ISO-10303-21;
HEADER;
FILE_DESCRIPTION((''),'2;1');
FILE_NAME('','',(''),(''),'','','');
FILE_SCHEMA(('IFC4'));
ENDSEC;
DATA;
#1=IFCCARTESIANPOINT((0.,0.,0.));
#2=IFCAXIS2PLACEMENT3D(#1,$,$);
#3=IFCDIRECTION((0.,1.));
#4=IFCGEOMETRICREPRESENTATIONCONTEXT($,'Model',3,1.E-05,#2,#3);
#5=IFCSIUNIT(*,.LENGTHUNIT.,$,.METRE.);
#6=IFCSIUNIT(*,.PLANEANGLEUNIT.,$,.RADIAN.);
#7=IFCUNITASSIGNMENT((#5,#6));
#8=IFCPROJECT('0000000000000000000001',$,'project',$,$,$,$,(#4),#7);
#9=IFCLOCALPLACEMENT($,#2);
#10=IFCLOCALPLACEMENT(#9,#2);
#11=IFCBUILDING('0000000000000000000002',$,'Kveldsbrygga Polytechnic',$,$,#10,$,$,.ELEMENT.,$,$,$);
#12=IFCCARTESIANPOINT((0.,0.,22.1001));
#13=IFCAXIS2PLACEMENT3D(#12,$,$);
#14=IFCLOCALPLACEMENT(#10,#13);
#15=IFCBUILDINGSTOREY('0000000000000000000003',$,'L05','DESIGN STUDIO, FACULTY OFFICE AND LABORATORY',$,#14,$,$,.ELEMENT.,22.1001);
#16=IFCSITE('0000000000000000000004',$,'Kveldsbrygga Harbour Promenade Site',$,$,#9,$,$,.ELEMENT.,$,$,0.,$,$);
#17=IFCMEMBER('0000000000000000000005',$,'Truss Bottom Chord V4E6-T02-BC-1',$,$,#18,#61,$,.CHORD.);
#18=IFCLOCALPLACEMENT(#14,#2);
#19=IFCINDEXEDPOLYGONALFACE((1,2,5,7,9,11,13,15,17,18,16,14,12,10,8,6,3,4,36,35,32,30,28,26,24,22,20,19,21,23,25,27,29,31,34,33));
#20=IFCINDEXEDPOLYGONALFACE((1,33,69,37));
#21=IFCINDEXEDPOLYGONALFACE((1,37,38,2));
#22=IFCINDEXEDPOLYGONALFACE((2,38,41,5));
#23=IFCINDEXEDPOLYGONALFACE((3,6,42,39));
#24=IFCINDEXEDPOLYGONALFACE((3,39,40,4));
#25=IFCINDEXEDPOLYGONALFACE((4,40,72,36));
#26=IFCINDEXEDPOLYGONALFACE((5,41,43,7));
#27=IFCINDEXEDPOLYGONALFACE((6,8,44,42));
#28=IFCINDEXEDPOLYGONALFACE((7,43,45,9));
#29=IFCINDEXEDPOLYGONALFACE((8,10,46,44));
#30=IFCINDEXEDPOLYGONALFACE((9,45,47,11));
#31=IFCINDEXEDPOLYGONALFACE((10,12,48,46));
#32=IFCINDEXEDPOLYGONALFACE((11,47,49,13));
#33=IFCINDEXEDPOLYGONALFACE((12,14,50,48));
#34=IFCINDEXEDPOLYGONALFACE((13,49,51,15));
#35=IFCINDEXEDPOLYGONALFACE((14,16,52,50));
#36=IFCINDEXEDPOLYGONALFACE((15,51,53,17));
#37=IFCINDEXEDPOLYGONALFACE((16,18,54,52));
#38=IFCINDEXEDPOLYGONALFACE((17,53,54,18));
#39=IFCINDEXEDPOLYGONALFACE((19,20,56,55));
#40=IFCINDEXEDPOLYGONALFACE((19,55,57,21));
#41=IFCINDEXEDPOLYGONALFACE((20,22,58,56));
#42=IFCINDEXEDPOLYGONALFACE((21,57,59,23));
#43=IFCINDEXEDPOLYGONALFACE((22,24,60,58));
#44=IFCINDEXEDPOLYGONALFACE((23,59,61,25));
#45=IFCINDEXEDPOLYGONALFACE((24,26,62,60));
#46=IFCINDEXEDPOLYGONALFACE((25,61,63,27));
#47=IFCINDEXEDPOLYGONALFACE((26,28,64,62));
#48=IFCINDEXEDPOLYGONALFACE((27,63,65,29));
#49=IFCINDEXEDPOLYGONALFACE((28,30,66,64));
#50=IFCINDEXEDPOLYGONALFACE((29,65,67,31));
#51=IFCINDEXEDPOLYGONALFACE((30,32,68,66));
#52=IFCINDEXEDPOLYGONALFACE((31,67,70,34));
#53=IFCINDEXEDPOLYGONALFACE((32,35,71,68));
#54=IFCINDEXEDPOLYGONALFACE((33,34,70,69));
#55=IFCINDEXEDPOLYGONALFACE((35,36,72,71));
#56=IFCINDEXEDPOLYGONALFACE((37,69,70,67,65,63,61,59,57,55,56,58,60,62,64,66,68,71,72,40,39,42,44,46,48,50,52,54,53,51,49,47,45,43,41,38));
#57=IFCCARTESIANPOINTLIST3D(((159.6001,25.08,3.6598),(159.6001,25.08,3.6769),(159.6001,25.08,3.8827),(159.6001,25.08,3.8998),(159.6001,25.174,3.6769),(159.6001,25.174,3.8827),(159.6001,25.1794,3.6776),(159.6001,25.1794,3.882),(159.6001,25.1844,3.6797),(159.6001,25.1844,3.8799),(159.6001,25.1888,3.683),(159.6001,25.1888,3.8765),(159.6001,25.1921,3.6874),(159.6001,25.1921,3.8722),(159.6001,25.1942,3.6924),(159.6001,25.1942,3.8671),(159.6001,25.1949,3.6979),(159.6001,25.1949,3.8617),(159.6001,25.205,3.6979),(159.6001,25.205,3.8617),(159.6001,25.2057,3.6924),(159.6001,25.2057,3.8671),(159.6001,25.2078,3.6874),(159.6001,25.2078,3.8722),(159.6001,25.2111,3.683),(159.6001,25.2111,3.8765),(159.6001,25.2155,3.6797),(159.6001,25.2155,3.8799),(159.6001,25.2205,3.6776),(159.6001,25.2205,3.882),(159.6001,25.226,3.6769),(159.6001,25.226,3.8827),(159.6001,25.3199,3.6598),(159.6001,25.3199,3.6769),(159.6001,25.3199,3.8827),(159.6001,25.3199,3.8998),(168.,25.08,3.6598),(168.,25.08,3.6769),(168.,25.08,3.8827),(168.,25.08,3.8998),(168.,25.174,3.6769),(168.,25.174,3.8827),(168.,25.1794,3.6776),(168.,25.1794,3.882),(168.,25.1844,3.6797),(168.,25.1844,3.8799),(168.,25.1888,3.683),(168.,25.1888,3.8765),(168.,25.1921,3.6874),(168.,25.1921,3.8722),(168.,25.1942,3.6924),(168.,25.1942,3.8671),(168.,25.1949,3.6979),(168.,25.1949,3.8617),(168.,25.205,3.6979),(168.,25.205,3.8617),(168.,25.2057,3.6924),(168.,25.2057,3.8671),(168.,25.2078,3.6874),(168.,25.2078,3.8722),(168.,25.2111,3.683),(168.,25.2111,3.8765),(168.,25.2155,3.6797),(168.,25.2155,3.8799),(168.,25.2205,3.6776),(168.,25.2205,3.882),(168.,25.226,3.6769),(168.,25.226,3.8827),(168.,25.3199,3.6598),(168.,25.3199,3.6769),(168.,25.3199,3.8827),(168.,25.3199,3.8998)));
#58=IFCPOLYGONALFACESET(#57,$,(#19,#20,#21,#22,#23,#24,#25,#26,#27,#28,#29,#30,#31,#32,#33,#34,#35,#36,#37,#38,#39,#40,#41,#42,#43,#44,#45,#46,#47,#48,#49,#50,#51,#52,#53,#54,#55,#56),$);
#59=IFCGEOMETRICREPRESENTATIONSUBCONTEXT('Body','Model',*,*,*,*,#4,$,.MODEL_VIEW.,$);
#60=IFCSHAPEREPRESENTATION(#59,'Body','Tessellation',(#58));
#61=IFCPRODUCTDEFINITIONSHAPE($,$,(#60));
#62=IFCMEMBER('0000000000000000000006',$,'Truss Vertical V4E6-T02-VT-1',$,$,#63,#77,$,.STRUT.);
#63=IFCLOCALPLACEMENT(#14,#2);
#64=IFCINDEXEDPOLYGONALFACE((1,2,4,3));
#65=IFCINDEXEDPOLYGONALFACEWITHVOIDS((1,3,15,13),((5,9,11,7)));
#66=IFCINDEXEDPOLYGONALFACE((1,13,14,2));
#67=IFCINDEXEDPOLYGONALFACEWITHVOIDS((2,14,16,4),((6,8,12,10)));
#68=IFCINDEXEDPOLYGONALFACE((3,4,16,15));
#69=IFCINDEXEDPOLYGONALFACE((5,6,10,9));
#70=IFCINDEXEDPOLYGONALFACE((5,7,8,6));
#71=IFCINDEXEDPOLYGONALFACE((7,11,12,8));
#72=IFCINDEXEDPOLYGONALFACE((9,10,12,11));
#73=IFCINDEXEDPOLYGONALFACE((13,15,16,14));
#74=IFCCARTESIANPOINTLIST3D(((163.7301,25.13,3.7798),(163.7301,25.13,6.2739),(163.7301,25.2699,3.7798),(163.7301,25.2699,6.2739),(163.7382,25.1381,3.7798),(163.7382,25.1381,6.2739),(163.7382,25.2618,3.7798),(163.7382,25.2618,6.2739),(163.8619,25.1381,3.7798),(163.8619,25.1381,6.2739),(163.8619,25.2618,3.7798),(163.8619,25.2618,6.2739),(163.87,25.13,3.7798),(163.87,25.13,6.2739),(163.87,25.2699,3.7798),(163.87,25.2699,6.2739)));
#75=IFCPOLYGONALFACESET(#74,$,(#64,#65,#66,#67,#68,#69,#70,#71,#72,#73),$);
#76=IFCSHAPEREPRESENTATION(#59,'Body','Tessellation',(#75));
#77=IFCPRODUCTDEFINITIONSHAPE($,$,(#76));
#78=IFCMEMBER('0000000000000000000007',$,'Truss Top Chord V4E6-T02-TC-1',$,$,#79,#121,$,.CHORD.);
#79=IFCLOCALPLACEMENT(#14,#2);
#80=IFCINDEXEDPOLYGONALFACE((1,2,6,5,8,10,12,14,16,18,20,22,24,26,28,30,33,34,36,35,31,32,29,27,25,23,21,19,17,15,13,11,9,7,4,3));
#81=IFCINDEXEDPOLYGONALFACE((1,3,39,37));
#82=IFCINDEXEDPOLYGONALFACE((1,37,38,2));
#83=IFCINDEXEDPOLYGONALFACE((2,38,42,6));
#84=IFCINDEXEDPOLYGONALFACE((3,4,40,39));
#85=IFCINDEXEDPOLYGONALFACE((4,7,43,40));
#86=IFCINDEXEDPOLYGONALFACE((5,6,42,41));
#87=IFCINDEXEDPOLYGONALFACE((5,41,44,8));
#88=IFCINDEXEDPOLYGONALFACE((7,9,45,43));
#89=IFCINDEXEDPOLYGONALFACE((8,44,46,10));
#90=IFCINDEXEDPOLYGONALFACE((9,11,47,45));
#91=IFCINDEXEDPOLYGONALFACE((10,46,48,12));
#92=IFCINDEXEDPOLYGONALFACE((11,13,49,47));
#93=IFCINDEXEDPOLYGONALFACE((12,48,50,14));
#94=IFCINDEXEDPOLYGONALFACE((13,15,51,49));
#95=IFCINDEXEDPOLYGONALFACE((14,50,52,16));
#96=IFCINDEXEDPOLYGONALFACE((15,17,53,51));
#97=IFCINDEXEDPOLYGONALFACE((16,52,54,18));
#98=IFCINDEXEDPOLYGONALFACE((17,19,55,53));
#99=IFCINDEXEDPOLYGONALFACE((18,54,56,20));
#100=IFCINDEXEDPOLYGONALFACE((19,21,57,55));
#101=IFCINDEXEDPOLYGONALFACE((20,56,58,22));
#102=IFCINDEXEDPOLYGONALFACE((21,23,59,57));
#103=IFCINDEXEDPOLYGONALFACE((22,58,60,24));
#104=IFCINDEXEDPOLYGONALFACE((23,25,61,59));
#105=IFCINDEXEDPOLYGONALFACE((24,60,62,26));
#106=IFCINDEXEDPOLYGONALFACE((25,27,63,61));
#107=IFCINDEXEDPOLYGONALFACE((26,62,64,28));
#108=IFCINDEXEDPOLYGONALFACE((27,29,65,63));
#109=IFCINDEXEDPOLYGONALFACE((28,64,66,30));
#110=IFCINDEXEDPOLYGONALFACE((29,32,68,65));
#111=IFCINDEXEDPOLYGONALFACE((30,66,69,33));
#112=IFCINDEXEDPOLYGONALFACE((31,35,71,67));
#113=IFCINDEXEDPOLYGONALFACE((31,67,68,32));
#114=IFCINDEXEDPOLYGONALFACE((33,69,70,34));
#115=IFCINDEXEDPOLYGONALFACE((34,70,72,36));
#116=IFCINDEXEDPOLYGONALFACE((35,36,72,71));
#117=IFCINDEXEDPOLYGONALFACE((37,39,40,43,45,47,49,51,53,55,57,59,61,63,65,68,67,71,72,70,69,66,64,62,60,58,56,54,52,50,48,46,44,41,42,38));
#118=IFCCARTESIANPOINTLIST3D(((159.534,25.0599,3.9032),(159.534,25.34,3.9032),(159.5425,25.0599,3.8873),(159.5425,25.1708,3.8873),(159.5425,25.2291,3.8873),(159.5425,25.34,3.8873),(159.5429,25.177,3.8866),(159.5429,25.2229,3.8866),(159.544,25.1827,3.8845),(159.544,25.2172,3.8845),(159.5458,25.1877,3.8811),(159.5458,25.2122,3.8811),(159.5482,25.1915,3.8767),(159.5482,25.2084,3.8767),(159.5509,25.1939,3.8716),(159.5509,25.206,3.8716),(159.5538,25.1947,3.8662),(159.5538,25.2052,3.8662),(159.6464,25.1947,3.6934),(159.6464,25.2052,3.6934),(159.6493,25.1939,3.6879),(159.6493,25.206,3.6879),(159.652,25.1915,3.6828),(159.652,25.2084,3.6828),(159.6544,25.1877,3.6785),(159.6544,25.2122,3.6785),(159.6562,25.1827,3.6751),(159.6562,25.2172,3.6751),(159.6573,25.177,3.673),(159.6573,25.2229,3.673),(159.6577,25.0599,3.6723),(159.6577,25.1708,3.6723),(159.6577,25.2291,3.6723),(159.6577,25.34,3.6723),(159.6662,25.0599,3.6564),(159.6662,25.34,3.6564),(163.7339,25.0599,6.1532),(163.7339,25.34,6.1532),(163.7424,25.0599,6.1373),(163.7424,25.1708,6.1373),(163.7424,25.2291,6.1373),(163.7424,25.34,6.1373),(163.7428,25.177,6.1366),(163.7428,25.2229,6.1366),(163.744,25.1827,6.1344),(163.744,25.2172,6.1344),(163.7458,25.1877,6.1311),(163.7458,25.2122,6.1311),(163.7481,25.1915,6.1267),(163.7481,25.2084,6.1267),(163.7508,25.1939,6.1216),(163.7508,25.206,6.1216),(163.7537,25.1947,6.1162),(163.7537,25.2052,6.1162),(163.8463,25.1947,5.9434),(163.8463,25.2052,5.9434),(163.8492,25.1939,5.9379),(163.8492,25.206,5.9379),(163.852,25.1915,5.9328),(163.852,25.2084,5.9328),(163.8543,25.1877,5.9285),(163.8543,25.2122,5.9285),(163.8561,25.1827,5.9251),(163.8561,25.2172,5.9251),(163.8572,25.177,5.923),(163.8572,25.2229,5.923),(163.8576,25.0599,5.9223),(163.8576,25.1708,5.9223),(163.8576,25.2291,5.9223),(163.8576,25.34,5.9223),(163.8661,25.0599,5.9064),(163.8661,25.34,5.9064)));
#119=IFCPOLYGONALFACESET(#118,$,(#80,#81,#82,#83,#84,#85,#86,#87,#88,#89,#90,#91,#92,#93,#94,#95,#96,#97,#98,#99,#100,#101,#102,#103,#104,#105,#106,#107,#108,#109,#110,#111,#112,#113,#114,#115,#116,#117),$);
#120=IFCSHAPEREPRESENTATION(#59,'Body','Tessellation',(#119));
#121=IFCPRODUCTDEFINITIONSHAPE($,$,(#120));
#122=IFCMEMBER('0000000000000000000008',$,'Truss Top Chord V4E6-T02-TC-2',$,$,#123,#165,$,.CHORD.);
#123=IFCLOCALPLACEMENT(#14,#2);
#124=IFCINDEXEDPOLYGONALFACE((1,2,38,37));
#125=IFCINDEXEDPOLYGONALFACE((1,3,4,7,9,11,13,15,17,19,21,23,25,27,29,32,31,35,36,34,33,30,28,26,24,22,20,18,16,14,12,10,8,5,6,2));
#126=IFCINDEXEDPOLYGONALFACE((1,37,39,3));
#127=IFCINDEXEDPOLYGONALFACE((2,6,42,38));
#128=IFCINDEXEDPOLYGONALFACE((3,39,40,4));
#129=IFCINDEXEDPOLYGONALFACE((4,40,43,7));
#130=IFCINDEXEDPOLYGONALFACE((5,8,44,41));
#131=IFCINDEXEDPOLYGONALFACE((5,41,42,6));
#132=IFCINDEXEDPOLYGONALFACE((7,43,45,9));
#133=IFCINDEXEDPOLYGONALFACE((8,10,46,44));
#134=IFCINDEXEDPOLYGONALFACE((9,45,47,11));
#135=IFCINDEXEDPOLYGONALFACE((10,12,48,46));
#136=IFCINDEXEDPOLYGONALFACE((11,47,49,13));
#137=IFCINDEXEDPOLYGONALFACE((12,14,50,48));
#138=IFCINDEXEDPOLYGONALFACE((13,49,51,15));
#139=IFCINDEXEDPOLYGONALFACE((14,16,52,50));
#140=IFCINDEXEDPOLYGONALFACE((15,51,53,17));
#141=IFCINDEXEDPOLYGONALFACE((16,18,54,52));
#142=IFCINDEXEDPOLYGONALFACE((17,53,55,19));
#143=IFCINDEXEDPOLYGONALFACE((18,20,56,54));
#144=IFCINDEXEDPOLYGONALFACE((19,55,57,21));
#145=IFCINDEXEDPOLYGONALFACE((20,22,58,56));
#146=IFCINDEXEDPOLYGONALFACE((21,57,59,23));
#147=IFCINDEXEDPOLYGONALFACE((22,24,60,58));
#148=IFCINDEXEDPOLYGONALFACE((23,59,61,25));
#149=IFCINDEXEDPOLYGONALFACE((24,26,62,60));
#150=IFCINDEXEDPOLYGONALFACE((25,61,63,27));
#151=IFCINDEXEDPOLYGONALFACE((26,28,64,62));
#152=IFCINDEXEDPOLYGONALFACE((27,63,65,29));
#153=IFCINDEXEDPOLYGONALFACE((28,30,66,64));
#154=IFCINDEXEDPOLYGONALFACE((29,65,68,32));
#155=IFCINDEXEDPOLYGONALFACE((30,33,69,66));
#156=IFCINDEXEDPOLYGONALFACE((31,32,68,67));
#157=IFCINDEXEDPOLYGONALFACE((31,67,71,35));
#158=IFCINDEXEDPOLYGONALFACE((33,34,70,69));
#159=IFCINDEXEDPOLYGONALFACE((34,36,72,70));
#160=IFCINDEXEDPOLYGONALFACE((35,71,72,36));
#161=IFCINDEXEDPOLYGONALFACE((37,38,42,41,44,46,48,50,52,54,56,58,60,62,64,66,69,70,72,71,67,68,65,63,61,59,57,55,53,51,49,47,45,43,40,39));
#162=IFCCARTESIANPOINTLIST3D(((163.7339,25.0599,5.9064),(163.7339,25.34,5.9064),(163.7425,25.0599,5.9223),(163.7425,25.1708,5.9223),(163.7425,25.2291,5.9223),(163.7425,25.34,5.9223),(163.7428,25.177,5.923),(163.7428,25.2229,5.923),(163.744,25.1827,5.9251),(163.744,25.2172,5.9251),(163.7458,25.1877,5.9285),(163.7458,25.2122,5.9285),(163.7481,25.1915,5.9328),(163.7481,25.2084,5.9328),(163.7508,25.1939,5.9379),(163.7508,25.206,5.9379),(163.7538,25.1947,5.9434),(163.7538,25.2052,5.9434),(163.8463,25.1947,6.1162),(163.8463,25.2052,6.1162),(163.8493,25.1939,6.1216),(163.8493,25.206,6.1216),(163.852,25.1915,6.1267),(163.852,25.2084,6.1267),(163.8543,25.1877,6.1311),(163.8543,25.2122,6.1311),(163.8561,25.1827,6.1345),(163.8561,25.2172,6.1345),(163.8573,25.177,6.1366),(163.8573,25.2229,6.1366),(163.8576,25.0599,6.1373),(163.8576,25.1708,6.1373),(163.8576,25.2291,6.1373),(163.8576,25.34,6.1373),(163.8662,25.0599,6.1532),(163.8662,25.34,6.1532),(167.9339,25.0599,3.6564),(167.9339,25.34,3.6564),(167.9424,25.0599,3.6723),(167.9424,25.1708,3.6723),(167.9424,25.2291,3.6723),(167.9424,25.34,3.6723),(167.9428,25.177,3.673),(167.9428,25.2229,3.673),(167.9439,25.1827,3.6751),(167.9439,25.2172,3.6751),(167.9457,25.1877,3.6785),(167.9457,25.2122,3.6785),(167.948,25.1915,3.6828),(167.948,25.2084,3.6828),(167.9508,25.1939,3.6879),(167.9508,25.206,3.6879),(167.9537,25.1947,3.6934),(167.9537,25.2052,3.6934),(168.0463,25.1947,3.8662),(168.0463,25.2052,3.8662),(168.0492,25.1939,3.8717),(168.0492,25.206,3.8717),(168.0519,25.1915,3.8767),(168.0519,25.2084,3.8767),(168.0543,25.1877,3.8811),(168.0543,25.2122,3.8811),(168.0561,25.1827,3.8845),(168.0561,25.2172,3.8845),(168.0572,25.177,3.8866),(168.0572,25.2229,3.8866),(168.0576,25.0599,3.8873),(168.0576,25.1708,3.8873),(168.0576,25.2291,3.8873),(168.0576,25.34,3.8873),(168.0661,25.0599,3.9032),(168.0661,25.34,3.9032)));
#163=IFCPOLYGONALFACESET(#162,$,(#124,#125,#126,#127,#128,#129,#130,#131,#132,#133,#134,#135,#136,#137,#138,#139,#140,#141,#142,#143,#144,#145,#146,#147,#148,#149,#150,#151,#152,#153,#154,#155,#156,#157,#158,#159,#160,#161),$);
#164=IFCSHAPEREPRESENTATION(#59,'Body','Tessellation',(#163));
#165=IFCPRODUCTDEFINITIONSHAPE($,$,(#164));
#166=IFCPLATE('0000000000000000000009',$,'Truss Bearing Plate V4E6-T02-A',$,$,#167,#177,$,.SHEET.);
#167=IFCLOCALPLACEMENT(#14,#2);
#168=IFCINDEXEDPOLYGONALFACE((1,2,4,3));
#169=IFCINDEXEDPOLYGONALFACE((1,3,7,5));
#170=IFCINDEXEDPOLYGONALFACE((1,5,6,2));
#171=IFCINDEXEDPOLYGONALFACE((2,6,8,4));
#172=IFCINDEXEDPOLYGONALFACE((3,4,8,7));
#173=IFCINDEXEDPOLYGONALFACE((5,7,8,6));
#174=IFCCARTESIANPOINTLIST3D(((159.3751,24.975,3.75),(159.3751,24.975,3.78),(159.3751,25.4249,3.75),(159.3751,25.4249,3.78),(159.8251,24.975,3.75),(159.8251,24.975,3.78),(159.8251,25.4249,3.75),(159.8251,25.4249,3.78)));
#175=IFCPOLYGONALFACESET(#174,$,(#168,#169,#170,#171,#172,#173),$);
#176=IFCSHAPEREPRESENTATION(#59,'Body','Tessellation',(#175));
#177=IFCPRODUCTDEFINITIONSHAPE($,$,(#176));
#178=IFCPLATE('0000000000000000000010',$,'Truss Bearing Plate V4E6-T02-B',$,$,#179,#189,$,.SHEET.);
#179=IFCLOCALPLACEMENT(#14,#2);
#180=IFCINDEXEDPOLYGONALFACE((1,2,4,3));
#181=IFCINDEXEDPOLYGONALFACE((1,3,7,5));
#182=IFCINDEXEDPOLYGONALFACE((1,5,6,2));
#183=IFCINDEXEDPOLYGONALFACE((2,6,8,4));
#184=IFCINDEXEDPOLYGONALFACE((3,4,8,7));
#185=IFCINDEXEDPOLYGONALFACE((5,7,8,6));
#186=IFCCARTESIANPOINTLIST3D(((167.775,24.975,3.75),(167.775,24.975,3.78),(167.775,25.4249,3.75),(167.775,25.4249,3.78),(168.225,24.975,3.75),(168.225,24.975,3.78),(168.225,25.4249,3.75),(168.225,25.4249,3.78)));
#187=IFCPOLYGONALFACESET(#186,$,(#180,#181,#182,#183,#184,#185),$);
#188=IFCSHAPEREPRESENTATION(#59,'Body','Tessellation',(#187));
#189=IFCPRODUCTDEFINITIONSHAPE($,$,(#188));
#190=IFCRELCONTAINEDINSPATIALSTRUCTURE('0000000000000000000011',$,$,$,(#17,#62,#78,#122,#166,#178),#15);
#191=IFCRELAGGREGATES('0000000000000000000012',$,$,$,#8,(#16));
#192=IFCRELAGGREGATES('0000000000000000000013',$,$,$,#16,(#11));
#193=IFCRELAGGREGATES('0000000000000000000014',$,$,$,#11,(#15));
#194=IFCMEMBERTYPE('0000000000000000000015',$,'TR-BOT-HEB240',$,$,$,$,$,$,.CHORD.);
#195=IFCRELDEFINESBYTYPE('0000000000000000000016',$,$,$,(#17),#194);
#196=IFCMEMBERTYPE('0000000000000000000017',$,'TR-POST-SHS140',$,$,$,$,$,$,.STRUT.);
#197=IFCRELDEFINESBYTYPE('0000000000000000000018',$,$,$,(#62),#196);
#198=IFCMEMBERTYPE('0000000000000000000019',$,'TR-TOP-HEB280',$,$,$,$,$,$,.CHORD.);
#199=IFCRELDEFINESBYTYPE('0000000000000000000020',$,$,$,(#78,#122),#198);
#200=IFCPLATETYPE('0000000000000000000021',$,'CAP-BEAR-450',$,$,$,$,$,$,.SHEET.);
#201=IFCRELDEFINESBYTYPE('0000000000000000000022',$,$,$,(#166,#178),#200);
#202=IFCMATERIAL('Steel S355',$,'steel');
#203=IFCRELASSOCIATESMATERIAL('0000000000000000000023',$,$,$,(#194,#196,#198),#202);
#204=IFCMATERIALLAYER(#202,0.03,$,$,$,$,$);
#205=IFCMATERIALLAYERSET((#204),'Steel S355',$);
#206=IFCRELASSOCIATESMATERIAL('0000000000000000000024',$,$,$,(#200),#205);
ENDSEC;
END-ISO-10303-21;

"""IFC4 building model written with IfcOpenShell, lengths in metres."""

from ifc_helpers import new_model, si_unit, direction, frame, origin, origin_2d, place, context, subcontext, project, spatial, rectangle, hollow_rectangle, i_section, extrude, material, layer, layer_set, material_profile, profile_set, type_object, element, save


model = new_model("IFC4")

# Units and contexts
model_context = context("Model", 3, precision=1e-05, world=origin(), true_north=direction((0.0, 1.0)))
body_context = subcontext(model_context, "Body", "Model", "MODEL_VIEW")
ifc_project = project(units=[si_unit("LENGTHUNIT", "METRE"), si_unit("PLANEANGLEUNIT", "RADIAN")], contexts=[model_context])

# Site, building, storey
site_placement = place(None, origin())
site = spatial("IfcSite", under=ifc_project, at=site_placement, Name="Kveldsbrygga Harbour Promenade Site", CompositionType="ELEMENT", RefElevation=0.0)
building_placement = place(site_placement, origin())
building = spatial("IfcBuilding", under=site, at=building_placement, Name="Kveldsbrygga Polytechnic", CompositionType="ELEMENT")
storey_placement = place(building_placement, frame((0.0, 0.0, 22.1001)))
storey = spatial("IfcBuildingStorey", under=building, at=storey_placement, Name="L05", Description="DESIGN STUDIO, FACULTY OFFICE AND LABORATORY", CompositionType="ELEMENT", Elevation=22.1001)

# Members
ifc_material_1 = material(Name="Steel S355", Category="steel")
ifc_material_profile_1 = material_profile(ifc_material_1, i_section(OverallWidth=0.24, OverallDepth=0.24, WebThickness=0.01, FlangeThickness=0.0171, FilletRadius=0.021, at=origin_2d()), Name="HEB 240")
ifc_profile_set_1 = profile_set([ifc_material_profile_1], Name="Steel S355")
member_type_1 = type_object("IfcMemberType", Name="TR-BOT-HEB240", PredefinedType="CHORD", material=ifc_profile_set_1)
member_1_placement = place(storey_placement, frame((159.6001, 25.2, 3.7798), z_axis=(1.0, 0.0, 0.0), x_axis=(0.0, 1.0, 0.0)))
element("IfcMember", 1, at=member_1_placement, inside=storey, type_object=member_type_1, Name="Truss Bottom Chord V4E6-T02-BC-1", PredefinedType="CHORD", context=body_context, shape_type="SweptSolid", body=[
    extrude(i_section(OverallWidth=0.24, OverallDepth=0.24, WebThickness=0.01, FlangeThickness=0.0171, FilletRadius=0.021, at=origin_2d()), origin(), (0.0, 0.0, 1.0), 8.3999),
])
ifc_material_profile_2 = material_profile(ifc_material_1, hollow_rectangle(XDim=0.1399, YDim=0.1399, WallThickness=0.0081, at=origin_2d()), Name="SHS 140x140x8.0")
ifc_profile_set_2 = profile_set([ifc_material_profile_2], Name="Steel S355")
member_type_2 = type_object("IfcMemberType", Name="TR-POST-SHS140", PredefinedType="STRUT", material=ifc_profile_set_2)
member_2_placement = place(storey_placement, frame((163.8, 25.2, 3.7798), z_axis=(0.0, 0.0, 1.0), x_axis=(1.0, 0.0, 0.0)))
element("IfcMember", 2, at=member_2_placement, inside=storey, type_object=member_type_2, Name="Truss Vertical V4E6-T02-VT-1", PredefinedType="STRUT", context=body_context, shape_type="SweptSolid", body=[
    extrude(hollow_rectangle(XDim=0.1399, YDim=0.1399, WallThickness=0.0081, at=origin_2d()), origin(), (0.0, 0.0, 1.0), 2.4941),
])
ifc_material_profile_3 = material_profile(ifc_material_1, i_section(OverallWidth=0.28, OverallDepth=0.28, WebThickness=0.0105, FlangeThickness=0.0181, FilletRadius=0.0239, at=origin_2d()), Name="HEB 280")
ifc_profile_set_3 = profile_set([ifc_material_profile_3], Name="Steel S355")
member_type_3 = type_object("IfcMemberType", Name="TR-TOP-HEB280", PredefinedType="CHORD", material=ifc_profile_set_3)
for number, where, z_axis, x_axis, name in (
    (3, (159.6001, 25.2, 3.7798), (0.881478, 0.0, 0.472226), (0.0, 1.0, 0.0), "Truss Top Chord V4E6-T02-TC-1"),
    (4, (163.8, 25.2, 6.0298), (0.881478, 0.0, -0.472226), (0.0, 1.0, 0.0), "Truss Top Chord V4E6-T02-TC-2"),
):
    element("IfcMember", number, at=place(storey_placement, frame(where, z_axis=z_axis, x_axis=x_axis)), inside=storey, type_object=member_type_3, Name=name, PredefinedType="CHORD", context=body_context, shape_type="SweptSolid", body=[
        extrude(i_section(OverallWidth=0.28, OverallDepth=0.28, WebThickness=0.0105, FlangeThickness=0.0181, FilletRadius=0.0239, at=origin_2d()), origin(), (0.0, 0.0, 1.0), 4.7646),
    ])

# Plates
ifc_layer_1 = layer(ifc_material_1, 0.03)
ifc_layer_set_1 = layer_set([ifc_layer_1], Name="Steel S355")
plate_type_1 = type_object("IfcPlateType", Name="CAP-BEAR-450", PredefinedType="SHEET", material=ifc_layer_set_1)
for number, where, z_axis, x_axis, name in (
    (5, (159.6001, 25.2, 3.75), (0.0, 0.0, 1.0), (1.0, 0.0, 0.0), "Truss Bearing Plate V4E6-T02-A"),
    (6, (168.0, 25.2, 3.75), (0.0, 0.0, 1.0), (1.0, 0.0, 0.0), "Truss Bearing Plate V4E6-T02-B"),
):
    element("IfcPlate", number, at=place(storey_placement, frame(where, z_axis=z_axis, x_axis=x_axis)), inside=storey, type_object=plate_type_1, Name=name, PredefinedType="SHEET", context=body_context, shape_type="SweptSolid", body=[
        extrude(rectangle(XDim=0.45, YDim=0.45, at=origin_2d()), origin(), (0.0, 0.0, 1.0), 0.03),
    ])

save(model, "model.ifc")
